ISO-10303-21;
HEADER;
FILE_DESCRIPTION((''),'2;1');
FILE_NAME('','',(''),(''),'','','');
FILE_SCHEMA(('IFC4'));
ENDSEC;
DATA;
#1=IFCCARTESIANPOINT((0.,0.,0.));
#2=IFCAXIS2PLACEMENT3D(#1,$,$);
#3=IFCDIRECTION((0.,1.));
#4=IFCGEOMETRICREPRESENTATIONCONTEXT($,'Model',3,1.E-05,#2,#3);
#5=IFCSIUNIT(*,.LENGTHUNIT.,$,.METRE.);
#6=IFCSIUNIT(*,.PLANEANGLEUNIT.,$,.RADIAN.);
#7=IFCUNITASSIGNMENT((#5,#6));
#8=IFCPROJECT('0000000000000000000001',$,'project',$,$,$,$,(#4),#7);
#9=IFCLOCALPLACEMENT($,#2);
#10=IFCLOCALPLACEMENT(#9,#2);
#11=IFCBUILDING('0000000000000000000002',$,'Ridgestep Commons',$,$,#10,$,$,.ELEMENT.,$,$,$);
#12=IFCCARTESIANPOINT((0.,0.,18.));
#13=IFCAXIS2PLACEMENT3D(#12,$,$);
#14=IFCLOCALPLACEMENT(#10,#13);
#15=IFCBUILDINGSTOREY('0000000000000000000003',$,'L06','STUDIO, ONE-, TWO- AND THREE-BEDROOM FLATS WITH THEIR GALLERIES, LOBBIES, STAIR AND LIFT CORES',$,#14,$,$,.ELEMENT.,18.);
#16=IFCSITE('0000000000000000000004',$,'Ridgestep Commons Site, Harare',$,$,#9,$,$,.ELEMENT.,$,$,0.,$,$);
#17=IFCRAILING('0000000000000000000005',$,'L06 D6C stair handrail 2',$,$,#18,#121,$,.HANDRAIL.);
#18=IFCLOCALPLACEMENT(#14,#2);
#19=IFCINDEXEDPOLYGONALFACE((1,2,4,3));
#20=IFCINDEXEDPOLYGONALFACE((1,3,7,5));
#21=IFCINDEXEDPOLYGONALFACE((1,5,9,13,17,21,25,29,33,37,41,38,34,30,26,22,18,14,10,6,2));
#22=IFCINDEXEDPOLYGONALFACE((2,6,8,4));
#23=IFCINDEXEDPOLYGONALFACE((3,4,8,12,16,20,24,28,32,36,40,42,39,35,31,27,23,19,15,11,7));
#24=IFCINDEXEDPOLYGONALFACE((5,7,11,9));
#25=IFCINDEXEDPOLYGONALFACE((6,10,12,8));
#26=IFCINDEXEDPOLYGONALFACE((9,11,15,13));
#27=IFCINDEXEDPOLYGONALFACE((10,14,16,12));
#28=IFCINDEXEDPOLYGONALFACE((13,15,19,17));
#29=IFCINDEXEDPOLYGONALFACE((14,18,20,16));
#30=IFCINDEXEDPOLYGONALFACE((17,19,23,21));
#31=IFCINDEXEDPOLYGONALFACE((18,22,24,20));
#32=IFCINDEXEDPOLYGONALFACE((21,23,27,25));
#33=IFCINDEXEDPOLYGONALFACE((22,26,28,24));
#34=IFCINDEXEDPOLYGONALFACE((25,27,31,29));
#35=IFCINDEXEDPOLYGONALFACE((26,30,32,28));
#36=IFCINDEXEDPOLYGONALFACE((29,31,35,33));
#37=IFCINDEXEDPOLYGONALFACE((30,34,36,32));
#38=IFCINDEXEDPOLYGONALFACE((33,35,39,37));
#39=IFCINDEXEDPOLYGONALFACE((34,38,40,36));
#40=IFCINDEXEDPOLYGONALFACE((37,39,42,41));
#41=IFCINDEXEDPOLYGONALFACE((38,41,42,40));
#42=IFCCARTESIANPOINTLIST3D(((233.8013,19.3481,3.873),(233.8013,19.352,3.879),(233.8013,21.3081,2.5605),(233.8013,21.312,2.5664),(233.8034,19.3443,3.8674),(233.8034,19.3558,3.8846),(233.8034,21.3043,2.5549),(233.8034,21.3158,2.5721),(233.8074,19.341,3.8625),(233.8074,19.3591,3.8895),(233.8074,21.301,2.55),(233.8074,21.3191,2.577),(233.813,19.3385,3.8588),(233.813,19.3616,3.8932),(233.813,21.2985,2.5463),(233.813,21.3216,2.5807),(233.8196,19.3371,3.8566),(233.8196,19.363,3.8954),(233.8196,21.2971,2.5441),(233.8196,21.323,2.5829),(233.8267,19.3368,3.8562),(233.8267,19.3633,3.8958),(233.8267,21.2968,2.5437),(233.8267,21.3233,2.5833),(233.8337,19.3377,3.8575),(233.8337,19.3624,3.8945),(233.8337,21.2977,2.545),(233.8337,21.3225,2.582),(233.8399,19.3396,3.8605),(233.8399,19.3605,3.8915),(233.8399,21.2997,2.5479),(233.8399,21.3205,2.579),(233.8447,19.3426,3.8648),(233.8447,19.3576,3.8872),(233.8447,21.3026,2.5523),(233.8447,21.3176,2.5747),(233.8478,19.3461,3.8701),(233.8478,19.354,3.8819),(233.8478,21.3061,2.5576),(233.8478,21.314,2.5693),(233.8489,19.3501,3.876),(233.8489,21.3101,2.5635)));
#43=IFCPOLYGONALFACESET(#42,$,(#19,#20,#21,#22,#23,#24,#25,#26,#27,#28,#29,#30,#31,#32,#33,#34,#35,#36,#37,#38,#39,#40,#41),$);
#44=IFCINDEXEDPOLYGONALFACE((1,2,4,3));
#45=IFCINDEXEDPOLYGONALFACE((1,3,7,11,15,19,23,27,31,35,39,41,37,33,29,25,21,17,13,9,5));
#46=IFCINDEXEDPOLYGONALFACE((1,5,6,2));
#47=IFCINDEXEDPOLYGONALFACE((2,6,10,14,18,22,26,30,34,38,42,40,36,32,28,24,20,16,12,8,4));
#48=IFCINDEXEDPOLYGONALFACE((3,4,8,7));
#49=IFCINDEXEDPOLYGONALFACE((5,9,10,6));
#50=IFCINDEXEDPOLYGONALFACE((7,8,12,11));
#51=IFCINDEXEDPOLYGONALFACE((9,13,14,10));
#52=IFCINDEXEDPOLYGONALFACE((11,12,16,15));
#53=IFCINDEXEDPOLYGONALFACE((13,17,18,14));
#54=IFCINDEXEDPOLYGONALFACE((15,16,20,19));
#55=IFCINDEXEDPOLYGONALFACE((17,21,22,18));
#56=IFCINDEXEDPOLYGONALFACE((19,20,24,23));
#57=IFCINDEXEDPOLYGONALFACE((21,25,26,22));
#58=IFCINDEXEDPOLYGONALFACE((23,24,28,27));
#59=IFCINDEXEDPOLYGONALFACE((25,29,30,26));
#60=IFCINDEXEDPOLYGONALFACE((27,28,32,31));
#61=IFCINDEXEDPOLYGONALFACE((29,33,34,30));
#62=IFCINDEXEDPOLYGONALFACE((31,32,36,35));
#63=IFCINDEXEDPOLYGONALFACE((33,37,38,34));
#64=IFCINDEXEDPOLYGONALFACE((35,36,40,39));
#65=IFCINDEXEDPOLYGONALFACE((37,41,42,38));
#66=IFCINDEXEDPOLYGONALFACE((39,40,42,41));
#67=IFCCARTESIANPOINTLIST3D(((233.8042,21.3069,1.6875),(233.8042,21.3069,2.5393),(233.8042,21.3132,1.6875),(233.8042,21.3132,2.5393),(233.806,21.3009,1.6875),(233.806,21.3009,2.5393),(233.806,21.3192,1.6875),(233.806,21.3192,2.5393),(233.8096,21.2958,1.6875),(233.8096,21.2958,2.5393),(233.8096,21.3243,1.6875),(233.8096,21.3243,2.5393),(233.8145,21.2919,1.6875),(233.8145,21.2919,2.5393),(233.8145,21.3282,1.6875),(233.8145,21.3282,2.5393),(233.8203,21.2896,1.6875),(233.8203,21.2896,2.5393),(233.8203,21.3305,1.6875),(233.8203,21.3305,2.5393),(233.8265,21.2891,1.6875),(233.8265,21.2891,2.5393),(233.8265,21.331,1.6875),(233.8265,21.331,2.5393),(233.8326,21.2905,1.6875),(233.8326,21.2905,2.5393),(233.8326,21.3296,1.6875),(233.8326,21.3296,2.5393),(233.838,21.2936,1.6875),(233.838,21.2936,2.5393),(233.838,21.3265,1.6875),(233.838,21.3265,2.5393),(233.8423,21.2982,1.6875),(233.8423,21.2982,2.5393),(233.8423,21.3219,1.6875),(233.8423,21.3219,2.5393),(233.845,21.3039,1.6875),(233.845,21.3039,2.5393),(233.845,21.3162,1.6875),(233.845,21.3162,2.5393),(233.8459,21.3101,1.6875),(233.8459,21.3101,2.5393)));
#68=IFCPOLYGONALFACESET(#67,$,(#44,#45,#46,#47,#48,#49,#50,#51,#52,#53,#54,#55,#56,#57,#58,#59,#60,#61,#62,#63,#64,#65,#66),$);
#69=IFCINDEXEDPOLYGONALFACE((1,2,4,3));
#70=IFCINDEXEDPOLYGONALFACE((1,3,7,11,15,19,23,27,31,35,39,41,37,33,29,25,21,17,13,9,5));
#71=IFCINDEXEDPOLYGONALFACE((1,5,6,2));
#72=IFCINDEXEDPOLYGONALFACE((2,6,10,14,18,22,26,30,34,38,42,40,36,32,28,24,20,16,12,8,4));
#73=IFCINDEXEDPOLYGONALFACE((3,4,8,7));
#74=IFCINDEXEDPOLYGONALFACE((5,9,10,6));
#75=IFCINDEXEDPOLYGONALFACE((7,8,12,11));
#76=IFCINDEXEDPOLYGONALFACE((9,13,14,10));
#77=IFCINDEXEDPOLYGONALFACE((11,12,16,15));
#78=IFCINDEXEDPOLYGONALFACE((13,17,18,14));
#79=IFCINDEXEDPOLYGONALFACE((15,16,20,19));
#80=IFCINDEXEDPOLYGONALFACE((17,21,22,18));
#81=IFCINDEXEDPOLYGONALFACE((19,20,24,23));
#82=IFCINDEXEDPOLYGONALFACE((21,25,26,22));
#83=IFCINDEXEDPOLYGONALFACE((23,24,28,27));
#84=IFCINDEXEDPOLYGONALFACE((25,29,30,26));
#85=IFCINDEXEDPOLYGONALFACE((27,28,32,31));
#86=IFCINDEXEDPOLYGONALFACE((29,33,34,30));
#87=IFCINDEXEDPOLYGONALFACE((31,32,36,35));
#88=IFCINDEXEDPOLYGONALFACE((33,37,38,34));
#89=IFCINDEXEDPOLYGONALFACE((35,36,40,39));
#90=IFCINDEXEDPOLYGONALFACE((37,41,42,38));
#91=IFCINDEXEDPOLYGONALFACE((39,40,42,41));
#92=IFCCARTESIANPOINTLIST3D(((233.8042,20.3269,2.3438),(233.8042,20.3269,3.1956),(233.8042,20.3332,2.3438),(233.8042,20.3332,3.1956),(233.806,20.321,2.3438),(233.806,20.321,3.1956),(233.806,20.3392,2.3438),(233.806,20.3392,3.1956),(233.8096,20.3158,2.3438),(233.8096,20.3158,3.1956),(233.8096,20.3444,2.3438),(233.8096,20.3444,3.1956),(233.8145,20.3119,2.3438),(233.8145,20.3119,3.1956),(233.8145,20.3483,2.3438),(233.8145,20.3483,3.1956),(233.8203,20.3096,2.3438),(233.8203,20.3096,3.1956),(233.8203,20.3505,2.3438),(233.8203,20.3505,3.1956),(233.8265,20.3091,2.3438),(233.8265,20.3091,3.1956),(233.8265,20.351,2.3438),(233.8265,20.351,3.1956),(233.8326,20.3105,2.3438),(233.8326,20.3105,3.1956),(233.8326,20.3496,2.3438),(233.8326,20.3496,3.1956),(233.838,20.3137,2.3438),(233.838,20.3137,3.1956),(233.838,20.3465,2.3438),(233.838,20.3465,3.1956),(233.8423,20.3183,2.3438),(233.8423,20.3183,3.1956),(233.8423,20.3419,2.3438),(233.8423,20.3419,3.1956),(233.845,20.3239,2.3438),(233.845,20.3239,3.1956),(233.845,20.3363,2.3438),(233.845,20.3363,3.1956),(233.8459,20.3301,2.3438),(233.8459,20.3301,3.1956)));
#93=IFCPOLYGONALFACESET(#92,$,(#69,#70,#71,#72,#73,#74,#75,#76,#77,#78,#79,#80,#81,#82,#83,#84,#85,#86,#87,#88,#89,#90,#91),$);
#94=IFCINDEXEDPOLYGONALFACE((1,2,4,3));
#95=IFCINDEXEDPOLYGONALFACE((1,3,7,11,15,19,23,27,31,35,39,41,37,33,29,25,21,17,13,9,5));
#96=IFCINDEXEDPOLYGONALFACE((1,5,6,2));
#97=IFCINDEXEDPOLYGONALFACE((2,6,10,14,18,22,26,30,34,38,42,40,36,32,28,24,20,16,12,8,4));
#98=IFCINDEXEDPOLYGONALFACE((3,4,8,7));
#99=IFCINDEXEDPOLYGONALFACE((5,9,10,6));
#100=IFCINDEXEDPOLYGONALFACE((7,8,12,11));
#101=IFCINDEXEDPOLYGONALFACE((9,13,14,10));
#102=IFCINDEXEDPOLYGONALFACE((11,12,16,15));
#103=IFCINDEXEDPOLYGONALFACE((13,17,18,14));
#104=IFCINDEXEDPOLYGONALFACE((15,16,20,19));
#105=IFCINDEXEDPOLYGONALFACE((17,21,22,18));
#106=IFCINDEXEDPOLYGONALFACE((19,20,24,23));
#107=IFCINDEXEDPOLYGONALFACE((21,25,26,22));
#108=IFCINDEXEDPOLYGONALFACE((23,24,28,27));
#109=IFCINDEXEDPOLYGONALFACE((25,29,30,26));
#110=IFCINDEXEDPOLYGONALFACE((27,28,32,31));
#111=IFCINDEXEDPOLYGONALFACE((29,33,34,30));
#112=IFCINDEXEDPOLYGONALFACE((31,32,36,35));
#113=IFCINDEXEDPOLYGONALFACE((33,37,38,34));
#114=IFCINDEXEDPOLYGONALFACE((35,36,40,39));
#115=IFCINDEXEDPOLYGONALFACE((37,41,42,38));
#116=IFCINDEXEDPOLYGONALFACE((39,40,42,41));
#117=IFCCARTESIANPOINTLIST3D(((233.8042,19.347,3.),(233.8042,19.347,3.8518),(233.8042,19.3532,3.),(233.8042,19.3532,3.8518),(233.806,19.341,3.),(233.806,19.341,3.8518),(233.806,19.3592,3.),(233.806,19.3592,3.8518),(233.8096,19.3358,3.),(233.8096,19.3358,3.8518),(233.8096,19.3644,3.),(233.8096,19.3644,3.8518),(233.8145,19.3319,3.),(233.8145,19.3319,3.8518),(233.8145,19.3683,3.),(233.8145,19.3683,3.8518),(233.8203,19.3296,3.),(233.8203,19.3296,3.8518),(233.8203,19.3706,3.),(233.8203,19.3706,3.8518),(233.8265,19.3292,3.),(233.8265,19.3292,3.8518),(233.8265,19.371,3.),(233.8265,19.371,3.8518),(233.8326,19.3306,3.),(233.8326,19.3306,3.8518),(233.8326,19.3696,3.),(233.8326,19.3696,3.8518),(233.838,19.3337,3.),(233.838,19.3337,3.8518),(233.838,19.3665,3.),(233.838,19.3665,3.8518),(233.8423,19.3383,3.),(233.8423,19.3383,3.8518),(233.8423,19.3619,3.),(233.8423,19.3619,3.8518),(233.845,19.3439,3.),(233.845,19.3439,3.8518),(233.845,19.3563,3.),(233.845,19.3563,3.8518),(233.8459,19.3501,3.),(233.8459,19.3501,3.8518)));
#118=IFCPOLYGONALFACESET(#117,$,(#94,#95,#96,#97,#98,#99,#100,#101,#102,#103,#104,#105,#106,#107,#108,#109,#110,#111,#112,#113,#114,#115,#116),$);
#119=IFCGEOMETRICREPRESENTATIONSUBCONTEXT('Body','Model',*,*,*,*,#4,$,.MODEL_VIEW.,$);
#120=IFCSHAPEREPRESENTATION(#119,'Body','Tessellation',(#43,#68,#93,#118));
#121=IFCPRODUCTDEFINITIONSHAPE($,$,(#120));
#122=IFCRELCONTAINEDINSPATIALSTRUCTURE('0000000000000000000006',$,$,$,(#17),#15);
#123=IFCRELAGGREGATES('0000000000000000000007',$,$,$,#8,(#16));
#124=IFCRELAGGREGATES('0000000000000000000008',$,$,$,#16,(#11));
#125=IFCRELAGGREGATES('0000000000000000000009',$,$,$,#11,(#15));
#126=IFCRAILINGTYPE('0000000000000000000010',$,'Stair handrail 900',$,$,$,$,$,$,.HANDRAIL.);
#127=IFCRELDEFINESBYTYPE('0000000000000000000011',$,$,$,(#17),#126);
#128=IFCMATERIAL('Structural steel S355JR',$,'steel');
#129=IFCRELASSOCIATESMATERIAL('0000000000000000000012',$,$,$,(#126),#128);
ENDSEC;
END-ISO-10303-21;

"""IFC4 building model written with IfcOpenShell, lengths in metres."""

from ifc_helpers import new_model, si_unit, direction, frame, origin, origin_2d, place, context, subcontext, project, spatial, circle, extrude, material, type_object, element, save


model = new_model("IFC4")

# Units and contexts
model_context = context("Model", 3, precision=1e-05, world=origin(), true_north=direction((0.0, 1.0)))
body_context = subcontext(model_context, "Body", "Model", "MODEL_VIEW")
ifc_project = project(units=[si_unit("LENGTHUNIT", "METRE"), si_unit("PLANEANGLEUNIT", "RADIAN")], contexts=[model_context])

# Site, building, storey
site_placement = place(None, origin())
site = spatial("IfcSite", under=ifc_project, at=site_placement, Name="Ridgestep Commons Site, Harare", CompositionType="ELEMENT", RefElevation=0.0)
building_placement = place(site_placement, origin())
building = spatial("IfcBuilding", under=site, at=building_placement, Name="Ridgestep Commons", CompositionType="ELEMENT")
storey_placement = place(building_placement, frame((0.0, 0.0, 18.0)))
storey = spatial("IfcBuildingStorey", under=building, at=storey_placement, Name="L06", Description="STUDIO, ONE-, TWO- AND THREE-BEDROOM FLATS WITH THEIR GALLERIES, LOBBIES, STAIR AND LIFT CORES", CompositionType="ELEMENT", Elevation=18.0)

# Railing
ifc_material_1 = material(Name="Structural steel S355JR", Category="steel")
railing_type_1 = type_object("IfcRailingType", Name="Stair handrail 900", PredefinedType="HANDRAIL", material=ifc_material_1)
railing_1_placement = place(storey_placement, frame((233.825, 21.3101, 1.6875)))
element("IfcRailing", 1, at=railing_1_placement, inside=storey, type_object=railing_type_1, Name="L06 D6C stair handrail 2", PredefinedType="HANDRAIL", context=body_context, shape_type="SweptSolid", body=[
    extrude(circle(Radius=0.0239, at=origin_2d()), frame((0.0, 0.0, 0.876), z_axis=(0.0, -0.830902, 0.556419), x_axis=(1.0, 0.0, 0.0)), (0.0, 0.0, 1.0), 2.3589),
    extrude(circle(Radius=0.021, at=origin_2d()), origin(), (0.0, 0.0, 1.0), 0.8518),
    extrude(circle(Radius=0.021, at=origin_2d()), frame((0.0, -0.98, 0.6562)), (0.0, 0.0, 1.0), 0.8518),
    extrude(circle(Radius=0.021, at=origin_2d()), frame((0.0, -1.96, 1.3125)), (0.0, 0.0, 1.0), 0.8518),
])

save(model, "model.ifc")
